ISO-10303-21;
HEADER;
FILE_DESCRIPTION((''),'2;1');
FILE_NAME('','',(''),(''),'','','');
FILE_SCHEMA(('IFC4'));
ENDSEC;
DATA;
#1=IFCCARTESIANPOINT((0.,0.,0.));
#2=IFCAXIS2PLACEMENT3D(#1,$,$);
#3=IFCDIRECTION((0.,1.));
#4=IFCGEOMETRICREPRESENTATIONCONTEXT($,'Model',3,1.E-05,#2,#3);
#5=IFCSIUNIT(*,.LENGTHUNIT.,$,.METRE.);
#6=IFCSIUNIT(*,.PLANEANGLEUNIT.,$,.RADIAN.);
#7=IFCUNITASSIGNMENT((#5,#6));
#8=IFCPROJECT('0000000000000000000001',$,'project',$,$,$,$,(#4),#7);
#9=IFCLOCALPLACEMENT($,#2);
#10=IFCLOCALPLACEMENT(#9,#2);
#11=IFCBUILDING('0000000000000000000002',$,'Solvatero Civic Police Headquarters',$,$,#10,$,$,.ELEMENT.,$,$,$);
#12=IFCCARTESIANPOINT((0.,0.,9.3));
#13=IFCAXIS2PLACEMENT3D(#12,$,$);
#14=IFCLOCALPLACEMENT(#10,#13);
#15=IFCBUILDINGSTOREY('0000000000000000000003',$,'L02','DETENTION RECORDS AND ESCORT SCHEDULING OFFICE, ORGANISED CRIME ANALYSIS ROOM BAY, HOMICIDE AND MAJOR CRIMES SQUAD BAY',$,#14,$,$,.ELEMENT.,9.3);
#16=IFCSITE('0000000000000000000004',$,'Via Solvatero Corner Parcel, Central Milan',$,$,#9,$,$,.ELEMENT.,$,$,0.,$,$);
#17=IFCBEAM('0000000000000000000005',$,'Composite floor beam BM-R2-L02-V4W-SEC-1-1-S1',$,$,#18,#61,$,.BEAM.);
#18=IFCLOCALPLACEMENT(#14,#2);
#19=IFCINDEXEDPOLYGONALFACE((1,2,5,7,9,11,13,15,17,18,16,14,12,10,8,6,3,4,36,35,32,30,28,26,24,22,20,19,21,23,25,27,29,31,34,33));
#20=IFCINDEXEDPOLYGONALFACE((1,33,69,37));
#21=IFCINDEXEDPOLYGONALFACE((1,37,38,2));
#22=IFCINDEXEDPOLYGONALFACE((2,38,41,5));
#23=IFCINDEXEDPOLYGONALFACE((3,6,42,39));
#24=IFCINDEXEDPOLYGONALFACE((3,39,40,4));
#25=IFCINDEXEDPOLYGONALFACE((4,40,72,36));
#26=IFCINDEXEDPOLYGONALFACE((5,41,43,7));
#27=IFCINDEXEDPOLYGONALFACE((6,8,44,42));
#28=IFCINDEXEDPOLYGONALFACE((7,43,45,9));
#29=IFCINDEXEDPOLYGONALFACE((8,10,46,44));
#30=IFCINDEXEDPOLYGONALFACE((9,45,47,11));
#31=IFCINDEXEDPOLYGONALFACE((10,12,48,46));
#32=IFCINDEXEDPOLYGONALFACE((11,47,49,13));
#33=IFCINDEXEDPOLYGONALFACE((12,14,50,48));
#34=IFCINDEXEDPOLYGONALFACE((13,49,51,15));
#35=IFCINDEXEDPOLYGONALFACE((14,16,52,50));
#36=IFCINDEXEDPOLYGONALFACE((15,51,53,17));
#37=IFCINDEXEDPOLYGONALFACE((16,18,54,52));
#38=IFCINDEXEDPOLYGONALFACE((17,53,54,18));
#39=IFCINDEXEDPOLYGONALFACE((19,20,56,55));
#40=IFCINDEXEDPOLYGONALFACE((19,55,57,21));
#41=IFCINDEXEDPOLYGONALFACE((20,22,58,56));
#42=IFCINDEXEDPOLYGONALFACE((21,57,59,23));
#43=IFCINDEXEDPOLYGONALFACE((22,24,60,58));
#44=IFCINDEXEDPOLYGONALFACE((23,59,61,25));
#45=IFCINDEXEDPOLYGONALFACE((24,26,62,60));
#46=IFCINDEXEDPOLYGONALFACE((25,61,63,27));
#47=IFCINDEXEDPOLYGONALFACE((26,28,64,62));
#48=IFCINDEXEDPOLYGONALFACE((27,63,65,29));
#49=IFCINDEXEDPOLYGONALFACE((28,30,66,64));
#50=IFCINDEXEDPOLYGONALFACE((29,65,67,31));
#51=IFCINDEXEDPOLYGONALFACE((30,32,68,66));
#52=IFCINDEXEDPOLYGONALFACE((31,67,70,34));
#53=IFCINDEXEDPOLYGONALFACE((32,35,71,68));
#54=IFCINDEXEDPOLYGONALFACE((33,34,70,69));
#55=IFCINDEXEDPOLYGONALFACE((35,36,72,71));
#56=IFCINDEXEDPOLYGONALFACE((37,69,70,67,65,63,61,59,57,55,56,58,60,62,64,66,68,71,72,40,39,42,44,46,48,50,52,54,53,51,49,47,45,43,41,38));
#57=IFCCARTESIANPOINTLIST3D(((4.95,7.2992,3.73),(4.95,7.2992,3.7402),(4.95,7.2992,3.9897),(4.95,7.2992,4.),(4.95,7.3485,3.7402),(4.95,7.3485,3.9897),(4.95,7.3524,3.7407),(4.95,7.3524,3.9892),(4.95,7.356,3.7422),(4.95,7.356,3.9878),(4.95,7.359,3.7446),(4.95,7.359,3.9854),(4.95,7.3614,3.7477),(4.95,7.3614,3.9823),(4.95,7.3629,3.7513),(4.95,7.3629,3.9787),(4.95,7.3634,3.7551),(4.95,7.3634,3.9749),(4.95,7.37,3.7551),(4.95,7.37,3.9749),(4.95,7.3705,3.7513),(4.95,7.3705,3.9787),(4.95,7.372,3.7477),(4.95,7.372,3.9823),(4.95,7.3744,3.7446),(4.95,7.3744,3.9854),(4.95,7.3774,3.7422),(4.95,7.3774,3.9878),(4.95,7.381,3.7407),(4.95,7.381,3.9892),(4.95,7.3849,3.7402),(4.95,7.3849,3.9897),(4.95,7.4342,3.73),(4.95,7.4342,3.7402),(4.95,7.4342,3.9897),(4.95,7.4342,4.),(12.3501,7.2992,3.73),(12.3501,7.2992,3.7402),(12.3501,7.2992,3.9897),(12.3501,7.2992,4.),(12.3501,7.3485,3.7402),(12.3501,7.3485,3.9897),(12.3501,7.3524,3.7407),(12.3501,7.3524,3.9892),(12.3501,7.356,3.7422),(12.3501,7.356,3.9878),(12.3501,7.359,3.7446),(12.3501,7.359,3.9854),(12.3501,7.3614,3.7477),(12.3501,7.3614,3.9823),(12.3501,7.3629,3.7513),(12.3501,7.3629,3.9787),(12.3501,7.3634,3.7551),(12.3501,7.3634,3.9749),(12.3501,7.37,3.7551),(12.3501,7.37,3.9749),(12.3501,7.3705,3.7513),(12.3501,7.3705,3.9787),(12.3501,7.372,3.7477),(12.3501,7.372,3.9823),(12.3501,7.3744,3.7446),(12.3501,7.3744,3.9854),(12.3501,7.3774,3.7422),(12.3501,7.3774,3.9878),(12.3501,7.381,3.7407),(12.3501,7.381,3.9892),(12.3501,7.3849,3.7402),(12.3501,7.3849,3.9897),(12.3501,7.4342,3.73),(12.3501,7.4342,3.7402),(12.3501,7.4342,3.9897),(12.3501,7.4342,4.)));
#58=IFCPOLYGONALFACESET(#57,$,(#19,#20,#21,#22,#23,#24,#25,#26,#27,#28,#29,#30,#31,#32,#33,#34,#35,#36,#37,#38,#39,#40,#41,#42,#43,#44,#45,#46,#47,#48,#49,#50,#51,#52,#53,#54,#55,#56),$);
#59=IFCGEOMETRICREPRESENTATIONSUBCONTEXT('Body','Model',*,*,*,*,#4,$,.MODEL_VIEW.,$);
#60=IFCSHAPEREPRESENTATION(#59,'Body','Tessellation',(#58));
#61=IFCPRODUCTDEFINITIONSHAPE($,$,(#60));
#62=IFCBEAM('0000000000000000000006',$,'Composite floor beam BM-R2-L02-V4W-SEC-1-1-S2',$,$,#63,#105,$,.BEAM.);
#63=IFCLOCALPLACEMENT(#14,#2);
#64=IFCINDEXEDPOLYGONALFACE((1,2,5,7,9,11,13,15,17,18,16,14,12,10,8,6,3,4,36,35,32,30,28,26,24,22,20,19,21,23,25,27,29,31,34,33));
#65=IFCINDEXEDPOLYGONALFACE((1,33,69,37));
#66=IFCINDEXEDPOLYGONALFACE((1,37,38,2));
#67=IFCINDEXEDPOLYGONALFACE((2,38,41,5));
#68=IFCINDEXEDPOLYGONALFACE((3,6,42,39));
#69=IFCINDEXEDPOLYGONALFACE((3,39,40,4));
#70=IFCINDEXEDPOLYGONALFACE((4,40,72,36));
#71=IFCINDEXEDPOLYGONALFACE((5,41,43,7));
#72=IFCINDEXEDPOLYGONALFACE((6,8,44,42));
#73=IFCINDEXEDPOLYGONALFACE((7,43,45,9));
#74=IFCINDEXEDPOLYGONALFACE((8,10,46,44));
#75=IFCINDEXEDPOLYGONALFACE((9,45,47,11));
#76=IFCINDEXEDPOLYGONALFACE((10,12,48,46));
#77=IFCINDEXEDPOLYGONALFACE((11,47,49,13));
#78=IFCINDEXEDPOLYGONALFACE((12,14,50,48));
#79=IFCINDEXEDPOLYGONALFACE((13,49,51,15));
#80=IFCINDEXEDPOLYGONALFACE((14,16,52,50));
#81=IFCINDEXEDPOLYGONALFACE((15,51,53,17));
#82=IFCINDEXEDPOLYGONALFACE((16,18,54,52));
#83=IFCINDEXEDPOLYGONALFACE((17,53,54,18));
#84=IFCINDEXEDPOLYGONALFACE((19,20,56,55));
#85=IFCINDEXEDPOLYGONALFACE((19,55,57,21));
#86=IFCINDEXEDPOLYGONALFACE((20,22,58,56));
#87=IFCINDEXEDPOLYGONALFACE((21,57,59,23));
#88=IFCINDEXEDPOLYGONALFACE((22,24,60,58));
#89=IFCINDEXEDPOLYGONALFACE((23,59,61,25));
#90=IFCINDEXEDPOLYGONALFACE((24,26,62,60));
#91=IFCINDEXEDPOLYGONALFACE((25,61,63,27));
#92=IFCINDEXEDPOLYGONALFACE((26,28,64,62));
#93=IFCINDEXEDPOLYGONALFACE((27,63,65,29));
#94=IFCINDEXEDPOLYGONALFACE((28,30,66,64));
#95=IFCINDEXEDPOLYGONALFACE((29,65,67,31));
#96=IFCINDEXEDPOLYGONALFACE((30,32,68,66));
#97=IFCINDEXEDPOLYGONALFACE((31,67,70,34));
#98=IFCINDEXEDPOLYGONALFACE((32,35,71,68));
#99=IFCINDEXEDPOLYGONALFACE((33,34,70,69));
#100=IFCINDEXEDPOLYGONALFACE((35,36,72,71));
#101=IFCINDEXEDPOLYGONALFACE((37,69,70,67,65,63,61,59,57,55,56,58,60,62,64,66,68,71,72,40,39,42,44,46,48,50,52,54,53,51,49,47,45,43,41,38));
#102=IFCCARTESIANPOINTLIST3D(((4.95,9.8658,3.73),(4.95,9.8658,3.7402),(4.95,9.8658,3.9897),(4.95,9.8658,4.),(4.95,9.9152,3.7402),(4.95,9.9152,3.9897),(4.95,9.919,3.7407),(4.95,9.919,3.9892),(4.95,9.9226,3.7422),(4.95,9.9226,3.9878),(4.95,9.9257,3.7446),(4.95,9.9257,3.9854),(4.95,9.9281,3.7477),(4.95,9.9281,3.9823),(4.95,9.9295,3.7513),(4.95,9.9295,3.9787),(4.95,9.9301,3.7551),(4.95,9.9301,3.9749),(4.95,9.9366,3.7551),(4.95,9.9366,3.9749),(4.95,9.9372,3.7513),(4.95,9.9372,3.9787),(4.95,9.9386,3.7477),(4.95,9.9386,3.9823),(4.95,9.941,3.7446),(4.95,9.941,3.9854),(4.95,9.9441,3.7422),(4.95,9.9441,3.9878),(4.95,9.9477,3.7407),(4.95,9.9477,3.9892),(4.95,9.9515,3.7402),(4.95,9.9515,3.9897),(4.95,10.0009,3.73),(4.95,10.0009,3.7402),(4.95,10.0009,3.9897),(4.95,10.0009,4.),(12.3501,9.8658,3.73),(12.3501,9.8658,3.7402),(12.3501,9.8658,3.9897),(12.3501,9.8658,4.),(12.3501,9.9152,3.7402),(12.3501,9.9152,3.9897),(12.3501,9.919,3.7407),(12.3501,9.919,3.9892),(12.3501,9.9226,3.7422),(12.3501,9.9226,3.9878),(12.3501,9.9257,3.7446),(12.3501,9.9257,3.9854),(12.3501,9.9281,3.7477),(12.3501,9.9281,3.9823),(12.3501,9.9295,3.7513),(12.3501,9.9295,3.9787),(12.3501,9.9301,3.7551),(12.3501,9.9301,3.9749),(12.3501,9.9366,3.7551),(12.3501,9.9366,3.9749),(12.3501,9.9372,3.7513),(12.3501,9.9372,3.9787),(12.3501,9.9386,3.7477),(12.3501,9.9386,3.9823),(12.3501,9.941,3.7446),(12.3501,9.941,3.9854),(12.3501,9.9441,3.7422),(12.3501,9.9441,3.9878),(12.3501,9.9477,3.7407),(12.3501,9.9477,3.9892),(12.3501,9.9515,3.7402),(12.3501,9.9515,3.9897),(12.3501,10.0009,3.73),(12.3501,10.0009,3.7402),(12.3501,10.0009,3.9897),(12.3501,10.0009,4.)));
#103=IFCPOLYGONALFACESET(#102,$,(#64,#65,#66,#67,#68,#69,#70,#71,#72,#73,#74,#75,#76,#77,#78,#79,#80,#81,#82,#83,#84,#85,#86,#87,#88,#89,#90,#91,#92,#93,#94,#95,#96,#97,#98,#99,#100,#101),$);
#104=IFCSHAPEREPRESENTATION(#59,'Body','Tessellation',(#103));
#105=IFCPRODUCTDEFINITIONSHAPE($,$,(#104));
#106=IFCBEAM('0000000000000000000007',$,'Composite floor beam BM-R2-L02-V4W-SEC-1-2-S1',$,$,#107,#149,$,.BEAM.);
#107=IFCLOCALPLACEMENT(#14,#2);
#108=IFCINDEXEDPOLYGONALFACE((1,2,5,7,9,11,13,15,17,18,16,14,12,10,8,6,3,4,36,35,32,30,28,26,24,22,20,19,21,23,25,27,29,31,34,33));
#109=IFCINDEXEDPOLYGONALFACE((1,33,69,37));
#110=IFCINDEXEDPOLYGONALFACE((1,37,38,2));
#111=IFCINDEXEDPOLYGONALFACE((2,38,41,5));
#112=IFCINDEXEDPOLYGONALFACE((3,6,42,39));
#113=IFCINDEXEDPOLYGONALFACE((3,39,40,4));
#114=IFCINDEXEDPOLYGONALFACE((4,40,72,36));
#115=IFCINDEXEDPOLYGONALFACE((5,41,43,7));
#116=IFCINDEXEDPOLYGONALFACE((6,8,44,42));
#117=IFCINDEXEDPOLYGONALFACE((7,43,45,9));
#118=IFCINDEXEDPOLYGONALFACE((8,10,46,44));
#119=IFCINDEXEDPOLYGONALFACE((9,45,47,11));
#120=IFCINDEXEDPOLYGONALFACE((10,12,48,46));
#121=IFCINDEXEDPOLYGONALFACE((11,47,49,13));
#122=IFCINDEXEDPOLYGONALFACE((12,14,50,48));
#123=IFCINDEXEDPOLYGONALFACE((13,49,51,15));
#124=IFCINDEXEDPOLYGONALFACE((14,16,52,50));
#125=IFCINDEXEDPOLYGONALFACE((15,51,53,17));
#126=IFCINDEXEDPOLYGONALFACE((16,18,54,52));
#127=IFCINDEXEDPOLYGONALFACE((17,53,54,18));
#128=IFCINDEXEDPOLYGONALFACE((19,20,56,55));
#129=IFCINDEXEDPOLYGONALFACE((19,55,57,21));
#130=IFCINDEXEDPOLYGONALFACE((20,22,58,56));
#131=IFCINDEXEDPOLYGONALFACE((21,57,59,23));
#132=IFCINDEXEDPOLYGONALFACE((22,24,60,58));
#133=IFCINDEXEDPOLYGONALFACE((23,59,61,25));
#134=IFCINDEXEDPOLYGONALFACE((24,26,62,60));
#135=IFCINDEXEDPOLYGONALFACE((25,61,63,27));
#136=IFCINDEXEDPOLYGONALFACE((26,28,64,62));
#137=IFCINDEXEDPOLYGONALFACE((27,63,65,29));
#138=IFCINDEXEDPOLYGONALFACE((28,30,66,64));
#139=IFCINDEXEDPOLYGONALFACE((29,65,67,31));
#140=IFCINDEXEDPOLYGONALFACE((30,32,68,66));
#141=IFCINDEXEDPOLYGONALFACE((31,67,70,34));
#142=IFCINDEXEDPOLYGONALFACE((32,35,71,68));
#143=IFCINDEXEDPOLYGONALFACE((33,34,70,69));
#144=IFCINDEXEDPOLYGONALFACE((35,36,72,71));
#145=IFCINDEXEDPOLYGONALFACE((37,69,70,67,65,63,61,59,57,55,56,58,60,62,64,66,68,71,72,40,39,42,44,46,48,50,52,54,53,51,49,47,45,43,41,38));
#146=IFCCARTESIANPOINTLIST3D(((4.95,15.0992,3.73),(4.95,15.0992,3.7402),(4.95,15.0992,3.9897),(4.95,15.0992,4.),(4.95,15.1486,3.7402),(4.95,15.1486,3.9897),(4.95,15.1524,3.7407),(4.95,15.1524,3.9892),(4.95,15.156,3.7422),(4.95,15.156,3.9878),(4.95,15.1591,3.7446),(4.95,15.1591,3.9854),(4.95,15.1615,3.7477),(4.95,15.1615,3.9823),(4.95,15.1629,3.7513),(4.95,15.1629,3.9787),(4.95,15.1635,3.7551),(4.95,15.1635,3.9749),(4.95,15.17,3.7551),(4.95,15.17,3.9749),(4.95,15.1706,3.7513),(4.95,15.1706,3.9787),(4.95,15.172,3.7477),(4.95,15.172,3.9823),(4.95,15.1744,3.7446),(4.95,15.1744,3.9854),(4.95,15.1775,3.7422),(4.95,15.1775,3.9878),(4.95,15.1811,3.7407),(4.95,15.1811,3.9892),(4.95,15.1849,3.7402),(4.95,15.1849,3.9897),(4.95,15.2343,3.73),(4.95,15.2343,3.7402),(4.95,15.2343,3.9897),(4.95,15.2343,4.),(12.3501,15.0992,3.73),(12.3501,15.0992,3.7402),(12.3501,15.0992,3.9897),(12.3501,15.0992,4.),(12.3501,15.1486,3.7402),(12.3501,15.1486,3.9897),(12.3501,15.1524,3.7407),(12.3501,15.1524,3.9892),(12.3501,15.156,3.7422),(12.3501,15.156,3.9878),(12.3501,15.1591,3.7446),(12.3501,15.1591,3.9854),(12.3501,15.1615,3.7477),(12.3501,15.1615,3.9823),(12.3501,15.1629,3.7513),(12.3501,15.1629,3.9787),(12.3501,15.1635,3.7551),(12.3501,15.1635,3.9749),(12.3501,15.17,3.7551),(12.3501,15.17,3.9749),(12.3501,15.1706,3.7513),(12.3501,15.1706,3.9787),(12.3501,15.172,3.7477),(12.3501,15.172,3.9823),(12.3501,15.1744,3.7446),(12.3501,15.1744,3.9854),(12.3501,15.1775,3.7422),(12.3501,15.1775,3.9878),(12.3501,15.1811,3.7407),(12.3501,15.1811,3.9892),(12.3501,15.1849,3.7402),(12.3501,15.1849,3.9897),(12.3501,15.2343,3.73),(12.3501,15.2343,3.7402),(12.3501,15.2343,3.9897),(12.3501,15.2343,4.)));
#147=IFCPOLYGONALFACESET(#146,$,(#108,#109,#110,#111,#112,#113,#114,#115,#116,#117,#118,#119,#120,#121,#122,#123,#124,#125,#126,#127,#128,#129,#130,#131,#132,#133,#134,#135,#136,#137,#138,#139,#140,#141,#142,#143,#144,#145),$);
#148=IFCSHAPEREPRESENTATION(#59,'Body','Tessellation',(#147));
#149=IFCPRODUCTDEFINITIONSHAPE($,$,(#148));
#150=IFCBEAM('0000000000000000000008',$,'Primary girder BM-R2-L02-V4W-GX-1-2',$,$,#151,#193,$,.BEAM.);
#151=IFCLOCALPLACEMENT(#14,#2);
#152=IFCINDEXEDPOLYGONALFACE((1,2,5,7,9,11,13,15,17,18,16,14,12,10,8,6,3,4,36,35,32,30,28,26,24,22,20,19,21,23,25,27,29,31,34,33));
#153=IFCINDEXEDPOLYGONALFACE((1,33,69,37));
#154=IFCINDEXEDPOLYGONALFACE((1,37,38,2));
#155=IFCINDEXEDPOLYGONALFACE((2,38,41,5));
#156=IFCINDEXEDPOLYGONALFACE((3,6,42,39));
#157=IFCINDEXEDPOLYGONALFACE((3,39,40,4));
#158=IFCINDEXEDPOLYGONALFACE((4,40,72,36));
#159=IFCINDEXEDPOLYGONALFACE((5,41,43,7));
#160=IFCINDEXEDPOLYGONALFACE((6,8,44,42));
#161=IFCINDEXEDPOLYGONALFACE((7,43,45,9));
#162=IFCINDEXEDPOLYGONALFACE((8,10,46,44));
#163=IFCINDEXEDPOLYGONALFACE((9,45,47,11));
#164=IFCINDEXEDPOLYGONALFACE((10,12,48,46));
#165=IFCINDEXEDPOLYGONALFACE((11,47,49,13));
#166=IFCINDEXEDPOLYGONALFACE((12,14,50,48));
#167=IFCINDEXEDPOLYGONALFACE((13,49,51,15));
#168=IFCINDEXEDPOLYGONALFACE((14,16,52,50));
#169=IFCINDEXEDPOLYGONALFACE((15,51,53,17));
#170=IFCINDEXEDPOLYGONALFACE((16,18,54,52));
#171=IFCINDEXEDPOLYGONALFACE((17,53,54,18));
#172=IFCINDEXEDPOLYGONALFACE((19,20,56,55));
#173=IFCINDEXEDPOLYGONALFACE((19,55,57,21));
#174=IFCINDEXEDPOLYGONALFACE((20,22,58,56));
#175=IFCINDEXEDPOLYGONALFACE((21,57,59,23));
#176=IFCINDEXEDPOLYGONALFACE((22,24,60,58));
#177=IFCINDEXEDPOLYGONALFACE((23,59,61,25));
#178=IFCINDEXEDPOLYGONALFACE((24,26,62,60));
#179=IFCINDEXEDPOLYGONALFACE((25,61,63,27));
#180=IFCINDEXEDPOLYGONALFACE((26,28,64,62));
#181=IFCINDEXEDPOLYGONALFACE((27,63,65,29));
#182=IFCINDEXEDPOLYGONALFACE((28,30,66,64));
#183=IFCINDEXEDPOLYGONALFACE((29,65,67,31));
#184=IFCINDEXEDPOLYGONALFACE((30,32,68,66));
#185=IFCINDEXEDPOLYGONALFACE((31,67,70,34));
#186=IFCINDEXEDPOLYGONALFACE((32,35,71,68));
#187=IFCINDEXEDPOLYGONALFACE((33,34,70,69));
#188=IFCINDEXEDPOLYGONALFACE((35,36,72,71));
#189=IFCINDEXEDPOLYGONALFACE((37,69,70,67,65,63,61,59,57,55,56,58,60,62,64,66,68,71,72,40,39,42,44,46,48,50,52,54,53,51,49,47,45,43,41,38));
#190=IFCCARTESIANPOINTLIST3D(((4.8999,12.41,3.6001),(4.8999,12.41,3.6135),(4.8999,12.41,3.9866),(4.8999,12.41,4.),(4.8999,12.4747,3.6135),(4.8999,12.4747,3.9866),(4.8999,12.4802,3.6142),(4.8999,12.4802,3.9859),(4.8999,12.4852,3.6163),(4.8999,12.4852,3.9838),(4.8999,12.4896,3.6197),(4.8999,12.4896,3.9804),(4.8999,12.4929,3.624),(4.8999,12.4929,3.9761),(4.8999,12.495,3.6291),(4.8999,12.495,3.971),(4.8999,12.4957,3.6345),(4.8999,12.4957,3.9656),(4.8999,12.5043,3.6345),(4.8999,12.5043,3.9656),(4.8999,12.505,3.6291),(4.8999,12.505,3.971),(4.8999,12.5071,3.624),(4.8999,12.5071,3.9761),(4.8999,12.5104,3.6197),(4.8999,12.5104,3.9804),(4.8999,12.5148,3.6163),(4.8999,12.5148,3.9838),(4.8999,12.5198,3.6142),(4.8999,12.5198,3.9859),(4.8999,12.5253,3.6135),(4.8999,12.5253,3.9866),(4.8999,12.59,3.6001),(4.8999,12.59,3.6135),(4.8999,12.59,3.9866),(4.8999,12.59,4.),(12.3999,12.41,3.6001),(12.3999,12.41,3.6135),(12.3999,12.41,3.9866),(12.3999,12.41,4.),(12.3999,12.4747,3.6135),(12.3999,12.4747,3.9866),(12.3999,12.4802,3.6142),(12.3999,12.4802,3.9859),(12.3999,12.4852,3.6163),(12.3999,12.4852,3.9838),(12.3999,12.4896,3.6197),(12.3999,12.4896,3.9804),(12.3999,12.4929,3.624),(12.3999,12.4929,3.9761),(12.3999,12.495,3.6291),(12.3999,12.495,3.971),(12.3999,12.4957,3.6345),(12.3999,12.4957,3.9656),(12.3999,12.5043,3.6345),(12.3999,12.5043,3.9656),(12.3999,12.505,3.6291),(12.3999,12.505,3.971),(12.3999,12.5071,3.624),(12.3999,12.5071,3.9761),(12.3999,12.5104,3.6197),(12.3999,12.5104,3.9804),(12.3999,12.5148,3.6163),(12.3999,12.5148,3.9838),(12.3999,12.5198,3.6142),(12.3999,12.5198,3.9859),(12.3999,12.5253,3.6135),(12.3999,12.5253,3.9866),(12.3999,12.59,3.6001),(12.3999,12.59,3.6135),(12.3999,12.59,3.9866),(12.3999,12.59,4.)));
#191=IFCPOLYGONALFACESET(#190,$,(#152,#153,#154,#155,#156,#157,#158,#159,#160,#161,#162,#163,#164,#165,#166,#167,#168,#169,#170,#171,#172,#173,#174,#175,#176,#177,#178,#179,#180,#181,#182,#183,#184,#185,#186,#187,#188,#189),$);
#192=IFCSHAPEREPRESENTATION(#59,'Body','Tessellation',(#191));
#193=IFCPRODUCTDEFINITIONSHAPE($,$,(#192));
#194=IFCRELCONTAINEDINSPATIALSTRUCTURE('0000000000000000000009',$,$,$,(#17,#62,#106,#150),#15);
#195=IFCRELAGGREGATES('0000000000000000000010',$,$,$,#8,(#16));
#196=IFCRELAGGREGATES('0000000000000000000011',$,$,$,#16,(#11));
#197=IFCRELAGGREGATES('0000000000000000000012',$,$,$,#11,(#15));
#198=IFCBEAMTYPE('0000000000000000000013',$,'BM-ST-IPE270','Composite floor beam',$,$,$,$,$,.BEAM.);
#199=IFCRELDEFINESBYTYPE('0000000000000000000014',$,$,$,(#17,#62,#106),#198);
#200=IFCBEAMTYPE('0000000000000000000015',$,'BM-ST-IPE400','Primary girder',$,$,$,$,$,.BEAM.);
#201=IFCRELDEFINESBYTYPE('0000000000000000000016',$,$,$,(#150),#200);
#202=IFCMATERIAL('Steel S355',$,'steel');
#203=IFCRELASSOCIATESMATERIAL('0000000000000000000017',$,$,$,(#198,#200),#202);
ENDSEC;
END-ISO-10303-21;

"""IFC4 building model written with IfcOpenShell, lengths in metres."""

from ifc_helpers import new_model, si_unit, direction, frame, origin, origin_2d, place, context, subcontext, project, spatial, i_section, extrude, material, material_profile, profile_set, type_object, element, save


model = new_model("IFC4")

# Units and contexts
model_context = context("Model", 3, precision=1e-05, world=origin(), true_north=direction((0.0, 1.0)))
body_context = subcontext(model_context, "Body", "Model", "MODEL_VIEW")
ifc_project = project(units=[si_unit("LENGTHUNIT", "METRE"), si_unit("PLANEANGLEUNIT", "RADIAN")], contexts=[model_context])

# Site, building, storey
site_placement = place(None, origin())
site = spatial("IfcSite", under=ifc_project, at=site_placement, Name="Via Solvatero Corner Parcel, Central Milan", CompositionType="ELEMENT", RefElevation=0.0)
building_placement = place(site_placement, origin())
building = spatial("IfcBuilding", under=site, at=building_placement, Name="Solvatero Civic Police Headquarters", CompositionType="ELEMENT")
storey_placement = place(building_placement, frame((0.0, 0.0, 9.3)))
storey = spatial("IfcBuildingStorey", under=building, at=storey_placement, Name="L02", Description="DETENTION RECORDS AND ESCORT SCHEDULING OFFICE, ORGANISED CRIME ANALYSIS ROOM BAY, HOMICIDE AND MAJOR CRIMES SQUAD BAY", CompositionType="ELEMENT", Elevation=9.3)

# Shared definitions
ifc_material_1 = material(Name="Steel S355", Category="steel")

# Beams
ifc_material_profile_1 = material_profile(ifc_material_1, i_section(OverallWidth=0.135, OverallDepth=0.27, WebThickness=0.0066, FlangeThickness=0.0103, FilletRadius=0.0149, at=origin_2d()), Name="IPE 270")
ifc_profile_set_1 = profile_set([ifc_material_profile_1], Name="Steel S355")
beam_type_1 = type_object("IfcBeamType", Name="BM-ST-IPE270", Description="Composite floor beam", PredefinedType="BEAM", material=ifc_profile_set_1)
for number, where, z_axis, x_axis, name in (
    (1, (4.95, 7.3667, 3.865), (1.0, 0.0, 0.0), (0.0, 1.0, 0.0), "Composite floor beam BM-R2-L02-V4W-SEC-1-1-S1"),
    (2, (4.95, 9.9333, 3.865), (1.0, 0.0, 0.0), (0.0, 1.0, 0.0), "Composite floor beam BM-R2-L02-V4W-SEC-1-1-S2"),
    (3, (4.95, 15.1667, 3.865), (1.0, 0.0, 0.0), (0.0, 1.0, 0.0), "Composite floor beam BM-R2-L02-V4W-SEC-1-2-S1"),
):
    element("IfcBeam", number, at=place(storey_placement, frame(where, z_axis=z_axis, x_axis=x_axis)), inside=storey, type_object=beam_type_1, Name=name, PredefinedType="BEAM", context=body_context, shape_type="SweptSolid", body=[
        extrude(i_section(OverallWidth=0.135, OverallDepth=0.27, WebThickness=0.0066, FlangeThickness=0.0103, FilletRadius=0.0149, at=origin_2d()), origin(), (0.0, 0.0, 1.0), 7.4001),
    ])
ifc_material_profile_2 = material_profile(ifc_material_1, i_section(OverallWidth=0.1799, OverallDepth=0.3999, WebThickness=0.0085, FlangeThickness=0.0134, FilletRadius=0.021, at=origin_2d()), Name="IPE 400")
ifc_profile_set_2 = profile_set([ifc_material_profile_2], Name="Steel S355")
beam_type_2 = type_object("IfcBeamType", Name="BM-ST-IPE400", Description="Primary girder", PredefinedType="BEAM", material=ifc_profile_set_2)
beam_1_placement = place(storey_placement, frame((4.8999, 12.5, 3.8), z_axis=(1.0, 0.0, 0.0), x_axis=(0.0, 1.0, 0.0)))
element("IfcBeam", 4, at=beam_1_placement, inside=storey, type_object=beam_type_2, Name="Primary girder BM-R2-L02-V4W-GX-1-2", PredefinedType="BEAM", context=body_context, shape_type="SweptSolid", body=[
    extrude(i_section(OverallWidth=0.1799, OverallDepth=0.3999, WebThickness=0.0085, FlangeThickness=0.0134, FilletRadius=0.021, at=origin_2d()), origin(), (0.0, 0.0, 1.0), 7.5),
])

save(model, "model.ifc")
